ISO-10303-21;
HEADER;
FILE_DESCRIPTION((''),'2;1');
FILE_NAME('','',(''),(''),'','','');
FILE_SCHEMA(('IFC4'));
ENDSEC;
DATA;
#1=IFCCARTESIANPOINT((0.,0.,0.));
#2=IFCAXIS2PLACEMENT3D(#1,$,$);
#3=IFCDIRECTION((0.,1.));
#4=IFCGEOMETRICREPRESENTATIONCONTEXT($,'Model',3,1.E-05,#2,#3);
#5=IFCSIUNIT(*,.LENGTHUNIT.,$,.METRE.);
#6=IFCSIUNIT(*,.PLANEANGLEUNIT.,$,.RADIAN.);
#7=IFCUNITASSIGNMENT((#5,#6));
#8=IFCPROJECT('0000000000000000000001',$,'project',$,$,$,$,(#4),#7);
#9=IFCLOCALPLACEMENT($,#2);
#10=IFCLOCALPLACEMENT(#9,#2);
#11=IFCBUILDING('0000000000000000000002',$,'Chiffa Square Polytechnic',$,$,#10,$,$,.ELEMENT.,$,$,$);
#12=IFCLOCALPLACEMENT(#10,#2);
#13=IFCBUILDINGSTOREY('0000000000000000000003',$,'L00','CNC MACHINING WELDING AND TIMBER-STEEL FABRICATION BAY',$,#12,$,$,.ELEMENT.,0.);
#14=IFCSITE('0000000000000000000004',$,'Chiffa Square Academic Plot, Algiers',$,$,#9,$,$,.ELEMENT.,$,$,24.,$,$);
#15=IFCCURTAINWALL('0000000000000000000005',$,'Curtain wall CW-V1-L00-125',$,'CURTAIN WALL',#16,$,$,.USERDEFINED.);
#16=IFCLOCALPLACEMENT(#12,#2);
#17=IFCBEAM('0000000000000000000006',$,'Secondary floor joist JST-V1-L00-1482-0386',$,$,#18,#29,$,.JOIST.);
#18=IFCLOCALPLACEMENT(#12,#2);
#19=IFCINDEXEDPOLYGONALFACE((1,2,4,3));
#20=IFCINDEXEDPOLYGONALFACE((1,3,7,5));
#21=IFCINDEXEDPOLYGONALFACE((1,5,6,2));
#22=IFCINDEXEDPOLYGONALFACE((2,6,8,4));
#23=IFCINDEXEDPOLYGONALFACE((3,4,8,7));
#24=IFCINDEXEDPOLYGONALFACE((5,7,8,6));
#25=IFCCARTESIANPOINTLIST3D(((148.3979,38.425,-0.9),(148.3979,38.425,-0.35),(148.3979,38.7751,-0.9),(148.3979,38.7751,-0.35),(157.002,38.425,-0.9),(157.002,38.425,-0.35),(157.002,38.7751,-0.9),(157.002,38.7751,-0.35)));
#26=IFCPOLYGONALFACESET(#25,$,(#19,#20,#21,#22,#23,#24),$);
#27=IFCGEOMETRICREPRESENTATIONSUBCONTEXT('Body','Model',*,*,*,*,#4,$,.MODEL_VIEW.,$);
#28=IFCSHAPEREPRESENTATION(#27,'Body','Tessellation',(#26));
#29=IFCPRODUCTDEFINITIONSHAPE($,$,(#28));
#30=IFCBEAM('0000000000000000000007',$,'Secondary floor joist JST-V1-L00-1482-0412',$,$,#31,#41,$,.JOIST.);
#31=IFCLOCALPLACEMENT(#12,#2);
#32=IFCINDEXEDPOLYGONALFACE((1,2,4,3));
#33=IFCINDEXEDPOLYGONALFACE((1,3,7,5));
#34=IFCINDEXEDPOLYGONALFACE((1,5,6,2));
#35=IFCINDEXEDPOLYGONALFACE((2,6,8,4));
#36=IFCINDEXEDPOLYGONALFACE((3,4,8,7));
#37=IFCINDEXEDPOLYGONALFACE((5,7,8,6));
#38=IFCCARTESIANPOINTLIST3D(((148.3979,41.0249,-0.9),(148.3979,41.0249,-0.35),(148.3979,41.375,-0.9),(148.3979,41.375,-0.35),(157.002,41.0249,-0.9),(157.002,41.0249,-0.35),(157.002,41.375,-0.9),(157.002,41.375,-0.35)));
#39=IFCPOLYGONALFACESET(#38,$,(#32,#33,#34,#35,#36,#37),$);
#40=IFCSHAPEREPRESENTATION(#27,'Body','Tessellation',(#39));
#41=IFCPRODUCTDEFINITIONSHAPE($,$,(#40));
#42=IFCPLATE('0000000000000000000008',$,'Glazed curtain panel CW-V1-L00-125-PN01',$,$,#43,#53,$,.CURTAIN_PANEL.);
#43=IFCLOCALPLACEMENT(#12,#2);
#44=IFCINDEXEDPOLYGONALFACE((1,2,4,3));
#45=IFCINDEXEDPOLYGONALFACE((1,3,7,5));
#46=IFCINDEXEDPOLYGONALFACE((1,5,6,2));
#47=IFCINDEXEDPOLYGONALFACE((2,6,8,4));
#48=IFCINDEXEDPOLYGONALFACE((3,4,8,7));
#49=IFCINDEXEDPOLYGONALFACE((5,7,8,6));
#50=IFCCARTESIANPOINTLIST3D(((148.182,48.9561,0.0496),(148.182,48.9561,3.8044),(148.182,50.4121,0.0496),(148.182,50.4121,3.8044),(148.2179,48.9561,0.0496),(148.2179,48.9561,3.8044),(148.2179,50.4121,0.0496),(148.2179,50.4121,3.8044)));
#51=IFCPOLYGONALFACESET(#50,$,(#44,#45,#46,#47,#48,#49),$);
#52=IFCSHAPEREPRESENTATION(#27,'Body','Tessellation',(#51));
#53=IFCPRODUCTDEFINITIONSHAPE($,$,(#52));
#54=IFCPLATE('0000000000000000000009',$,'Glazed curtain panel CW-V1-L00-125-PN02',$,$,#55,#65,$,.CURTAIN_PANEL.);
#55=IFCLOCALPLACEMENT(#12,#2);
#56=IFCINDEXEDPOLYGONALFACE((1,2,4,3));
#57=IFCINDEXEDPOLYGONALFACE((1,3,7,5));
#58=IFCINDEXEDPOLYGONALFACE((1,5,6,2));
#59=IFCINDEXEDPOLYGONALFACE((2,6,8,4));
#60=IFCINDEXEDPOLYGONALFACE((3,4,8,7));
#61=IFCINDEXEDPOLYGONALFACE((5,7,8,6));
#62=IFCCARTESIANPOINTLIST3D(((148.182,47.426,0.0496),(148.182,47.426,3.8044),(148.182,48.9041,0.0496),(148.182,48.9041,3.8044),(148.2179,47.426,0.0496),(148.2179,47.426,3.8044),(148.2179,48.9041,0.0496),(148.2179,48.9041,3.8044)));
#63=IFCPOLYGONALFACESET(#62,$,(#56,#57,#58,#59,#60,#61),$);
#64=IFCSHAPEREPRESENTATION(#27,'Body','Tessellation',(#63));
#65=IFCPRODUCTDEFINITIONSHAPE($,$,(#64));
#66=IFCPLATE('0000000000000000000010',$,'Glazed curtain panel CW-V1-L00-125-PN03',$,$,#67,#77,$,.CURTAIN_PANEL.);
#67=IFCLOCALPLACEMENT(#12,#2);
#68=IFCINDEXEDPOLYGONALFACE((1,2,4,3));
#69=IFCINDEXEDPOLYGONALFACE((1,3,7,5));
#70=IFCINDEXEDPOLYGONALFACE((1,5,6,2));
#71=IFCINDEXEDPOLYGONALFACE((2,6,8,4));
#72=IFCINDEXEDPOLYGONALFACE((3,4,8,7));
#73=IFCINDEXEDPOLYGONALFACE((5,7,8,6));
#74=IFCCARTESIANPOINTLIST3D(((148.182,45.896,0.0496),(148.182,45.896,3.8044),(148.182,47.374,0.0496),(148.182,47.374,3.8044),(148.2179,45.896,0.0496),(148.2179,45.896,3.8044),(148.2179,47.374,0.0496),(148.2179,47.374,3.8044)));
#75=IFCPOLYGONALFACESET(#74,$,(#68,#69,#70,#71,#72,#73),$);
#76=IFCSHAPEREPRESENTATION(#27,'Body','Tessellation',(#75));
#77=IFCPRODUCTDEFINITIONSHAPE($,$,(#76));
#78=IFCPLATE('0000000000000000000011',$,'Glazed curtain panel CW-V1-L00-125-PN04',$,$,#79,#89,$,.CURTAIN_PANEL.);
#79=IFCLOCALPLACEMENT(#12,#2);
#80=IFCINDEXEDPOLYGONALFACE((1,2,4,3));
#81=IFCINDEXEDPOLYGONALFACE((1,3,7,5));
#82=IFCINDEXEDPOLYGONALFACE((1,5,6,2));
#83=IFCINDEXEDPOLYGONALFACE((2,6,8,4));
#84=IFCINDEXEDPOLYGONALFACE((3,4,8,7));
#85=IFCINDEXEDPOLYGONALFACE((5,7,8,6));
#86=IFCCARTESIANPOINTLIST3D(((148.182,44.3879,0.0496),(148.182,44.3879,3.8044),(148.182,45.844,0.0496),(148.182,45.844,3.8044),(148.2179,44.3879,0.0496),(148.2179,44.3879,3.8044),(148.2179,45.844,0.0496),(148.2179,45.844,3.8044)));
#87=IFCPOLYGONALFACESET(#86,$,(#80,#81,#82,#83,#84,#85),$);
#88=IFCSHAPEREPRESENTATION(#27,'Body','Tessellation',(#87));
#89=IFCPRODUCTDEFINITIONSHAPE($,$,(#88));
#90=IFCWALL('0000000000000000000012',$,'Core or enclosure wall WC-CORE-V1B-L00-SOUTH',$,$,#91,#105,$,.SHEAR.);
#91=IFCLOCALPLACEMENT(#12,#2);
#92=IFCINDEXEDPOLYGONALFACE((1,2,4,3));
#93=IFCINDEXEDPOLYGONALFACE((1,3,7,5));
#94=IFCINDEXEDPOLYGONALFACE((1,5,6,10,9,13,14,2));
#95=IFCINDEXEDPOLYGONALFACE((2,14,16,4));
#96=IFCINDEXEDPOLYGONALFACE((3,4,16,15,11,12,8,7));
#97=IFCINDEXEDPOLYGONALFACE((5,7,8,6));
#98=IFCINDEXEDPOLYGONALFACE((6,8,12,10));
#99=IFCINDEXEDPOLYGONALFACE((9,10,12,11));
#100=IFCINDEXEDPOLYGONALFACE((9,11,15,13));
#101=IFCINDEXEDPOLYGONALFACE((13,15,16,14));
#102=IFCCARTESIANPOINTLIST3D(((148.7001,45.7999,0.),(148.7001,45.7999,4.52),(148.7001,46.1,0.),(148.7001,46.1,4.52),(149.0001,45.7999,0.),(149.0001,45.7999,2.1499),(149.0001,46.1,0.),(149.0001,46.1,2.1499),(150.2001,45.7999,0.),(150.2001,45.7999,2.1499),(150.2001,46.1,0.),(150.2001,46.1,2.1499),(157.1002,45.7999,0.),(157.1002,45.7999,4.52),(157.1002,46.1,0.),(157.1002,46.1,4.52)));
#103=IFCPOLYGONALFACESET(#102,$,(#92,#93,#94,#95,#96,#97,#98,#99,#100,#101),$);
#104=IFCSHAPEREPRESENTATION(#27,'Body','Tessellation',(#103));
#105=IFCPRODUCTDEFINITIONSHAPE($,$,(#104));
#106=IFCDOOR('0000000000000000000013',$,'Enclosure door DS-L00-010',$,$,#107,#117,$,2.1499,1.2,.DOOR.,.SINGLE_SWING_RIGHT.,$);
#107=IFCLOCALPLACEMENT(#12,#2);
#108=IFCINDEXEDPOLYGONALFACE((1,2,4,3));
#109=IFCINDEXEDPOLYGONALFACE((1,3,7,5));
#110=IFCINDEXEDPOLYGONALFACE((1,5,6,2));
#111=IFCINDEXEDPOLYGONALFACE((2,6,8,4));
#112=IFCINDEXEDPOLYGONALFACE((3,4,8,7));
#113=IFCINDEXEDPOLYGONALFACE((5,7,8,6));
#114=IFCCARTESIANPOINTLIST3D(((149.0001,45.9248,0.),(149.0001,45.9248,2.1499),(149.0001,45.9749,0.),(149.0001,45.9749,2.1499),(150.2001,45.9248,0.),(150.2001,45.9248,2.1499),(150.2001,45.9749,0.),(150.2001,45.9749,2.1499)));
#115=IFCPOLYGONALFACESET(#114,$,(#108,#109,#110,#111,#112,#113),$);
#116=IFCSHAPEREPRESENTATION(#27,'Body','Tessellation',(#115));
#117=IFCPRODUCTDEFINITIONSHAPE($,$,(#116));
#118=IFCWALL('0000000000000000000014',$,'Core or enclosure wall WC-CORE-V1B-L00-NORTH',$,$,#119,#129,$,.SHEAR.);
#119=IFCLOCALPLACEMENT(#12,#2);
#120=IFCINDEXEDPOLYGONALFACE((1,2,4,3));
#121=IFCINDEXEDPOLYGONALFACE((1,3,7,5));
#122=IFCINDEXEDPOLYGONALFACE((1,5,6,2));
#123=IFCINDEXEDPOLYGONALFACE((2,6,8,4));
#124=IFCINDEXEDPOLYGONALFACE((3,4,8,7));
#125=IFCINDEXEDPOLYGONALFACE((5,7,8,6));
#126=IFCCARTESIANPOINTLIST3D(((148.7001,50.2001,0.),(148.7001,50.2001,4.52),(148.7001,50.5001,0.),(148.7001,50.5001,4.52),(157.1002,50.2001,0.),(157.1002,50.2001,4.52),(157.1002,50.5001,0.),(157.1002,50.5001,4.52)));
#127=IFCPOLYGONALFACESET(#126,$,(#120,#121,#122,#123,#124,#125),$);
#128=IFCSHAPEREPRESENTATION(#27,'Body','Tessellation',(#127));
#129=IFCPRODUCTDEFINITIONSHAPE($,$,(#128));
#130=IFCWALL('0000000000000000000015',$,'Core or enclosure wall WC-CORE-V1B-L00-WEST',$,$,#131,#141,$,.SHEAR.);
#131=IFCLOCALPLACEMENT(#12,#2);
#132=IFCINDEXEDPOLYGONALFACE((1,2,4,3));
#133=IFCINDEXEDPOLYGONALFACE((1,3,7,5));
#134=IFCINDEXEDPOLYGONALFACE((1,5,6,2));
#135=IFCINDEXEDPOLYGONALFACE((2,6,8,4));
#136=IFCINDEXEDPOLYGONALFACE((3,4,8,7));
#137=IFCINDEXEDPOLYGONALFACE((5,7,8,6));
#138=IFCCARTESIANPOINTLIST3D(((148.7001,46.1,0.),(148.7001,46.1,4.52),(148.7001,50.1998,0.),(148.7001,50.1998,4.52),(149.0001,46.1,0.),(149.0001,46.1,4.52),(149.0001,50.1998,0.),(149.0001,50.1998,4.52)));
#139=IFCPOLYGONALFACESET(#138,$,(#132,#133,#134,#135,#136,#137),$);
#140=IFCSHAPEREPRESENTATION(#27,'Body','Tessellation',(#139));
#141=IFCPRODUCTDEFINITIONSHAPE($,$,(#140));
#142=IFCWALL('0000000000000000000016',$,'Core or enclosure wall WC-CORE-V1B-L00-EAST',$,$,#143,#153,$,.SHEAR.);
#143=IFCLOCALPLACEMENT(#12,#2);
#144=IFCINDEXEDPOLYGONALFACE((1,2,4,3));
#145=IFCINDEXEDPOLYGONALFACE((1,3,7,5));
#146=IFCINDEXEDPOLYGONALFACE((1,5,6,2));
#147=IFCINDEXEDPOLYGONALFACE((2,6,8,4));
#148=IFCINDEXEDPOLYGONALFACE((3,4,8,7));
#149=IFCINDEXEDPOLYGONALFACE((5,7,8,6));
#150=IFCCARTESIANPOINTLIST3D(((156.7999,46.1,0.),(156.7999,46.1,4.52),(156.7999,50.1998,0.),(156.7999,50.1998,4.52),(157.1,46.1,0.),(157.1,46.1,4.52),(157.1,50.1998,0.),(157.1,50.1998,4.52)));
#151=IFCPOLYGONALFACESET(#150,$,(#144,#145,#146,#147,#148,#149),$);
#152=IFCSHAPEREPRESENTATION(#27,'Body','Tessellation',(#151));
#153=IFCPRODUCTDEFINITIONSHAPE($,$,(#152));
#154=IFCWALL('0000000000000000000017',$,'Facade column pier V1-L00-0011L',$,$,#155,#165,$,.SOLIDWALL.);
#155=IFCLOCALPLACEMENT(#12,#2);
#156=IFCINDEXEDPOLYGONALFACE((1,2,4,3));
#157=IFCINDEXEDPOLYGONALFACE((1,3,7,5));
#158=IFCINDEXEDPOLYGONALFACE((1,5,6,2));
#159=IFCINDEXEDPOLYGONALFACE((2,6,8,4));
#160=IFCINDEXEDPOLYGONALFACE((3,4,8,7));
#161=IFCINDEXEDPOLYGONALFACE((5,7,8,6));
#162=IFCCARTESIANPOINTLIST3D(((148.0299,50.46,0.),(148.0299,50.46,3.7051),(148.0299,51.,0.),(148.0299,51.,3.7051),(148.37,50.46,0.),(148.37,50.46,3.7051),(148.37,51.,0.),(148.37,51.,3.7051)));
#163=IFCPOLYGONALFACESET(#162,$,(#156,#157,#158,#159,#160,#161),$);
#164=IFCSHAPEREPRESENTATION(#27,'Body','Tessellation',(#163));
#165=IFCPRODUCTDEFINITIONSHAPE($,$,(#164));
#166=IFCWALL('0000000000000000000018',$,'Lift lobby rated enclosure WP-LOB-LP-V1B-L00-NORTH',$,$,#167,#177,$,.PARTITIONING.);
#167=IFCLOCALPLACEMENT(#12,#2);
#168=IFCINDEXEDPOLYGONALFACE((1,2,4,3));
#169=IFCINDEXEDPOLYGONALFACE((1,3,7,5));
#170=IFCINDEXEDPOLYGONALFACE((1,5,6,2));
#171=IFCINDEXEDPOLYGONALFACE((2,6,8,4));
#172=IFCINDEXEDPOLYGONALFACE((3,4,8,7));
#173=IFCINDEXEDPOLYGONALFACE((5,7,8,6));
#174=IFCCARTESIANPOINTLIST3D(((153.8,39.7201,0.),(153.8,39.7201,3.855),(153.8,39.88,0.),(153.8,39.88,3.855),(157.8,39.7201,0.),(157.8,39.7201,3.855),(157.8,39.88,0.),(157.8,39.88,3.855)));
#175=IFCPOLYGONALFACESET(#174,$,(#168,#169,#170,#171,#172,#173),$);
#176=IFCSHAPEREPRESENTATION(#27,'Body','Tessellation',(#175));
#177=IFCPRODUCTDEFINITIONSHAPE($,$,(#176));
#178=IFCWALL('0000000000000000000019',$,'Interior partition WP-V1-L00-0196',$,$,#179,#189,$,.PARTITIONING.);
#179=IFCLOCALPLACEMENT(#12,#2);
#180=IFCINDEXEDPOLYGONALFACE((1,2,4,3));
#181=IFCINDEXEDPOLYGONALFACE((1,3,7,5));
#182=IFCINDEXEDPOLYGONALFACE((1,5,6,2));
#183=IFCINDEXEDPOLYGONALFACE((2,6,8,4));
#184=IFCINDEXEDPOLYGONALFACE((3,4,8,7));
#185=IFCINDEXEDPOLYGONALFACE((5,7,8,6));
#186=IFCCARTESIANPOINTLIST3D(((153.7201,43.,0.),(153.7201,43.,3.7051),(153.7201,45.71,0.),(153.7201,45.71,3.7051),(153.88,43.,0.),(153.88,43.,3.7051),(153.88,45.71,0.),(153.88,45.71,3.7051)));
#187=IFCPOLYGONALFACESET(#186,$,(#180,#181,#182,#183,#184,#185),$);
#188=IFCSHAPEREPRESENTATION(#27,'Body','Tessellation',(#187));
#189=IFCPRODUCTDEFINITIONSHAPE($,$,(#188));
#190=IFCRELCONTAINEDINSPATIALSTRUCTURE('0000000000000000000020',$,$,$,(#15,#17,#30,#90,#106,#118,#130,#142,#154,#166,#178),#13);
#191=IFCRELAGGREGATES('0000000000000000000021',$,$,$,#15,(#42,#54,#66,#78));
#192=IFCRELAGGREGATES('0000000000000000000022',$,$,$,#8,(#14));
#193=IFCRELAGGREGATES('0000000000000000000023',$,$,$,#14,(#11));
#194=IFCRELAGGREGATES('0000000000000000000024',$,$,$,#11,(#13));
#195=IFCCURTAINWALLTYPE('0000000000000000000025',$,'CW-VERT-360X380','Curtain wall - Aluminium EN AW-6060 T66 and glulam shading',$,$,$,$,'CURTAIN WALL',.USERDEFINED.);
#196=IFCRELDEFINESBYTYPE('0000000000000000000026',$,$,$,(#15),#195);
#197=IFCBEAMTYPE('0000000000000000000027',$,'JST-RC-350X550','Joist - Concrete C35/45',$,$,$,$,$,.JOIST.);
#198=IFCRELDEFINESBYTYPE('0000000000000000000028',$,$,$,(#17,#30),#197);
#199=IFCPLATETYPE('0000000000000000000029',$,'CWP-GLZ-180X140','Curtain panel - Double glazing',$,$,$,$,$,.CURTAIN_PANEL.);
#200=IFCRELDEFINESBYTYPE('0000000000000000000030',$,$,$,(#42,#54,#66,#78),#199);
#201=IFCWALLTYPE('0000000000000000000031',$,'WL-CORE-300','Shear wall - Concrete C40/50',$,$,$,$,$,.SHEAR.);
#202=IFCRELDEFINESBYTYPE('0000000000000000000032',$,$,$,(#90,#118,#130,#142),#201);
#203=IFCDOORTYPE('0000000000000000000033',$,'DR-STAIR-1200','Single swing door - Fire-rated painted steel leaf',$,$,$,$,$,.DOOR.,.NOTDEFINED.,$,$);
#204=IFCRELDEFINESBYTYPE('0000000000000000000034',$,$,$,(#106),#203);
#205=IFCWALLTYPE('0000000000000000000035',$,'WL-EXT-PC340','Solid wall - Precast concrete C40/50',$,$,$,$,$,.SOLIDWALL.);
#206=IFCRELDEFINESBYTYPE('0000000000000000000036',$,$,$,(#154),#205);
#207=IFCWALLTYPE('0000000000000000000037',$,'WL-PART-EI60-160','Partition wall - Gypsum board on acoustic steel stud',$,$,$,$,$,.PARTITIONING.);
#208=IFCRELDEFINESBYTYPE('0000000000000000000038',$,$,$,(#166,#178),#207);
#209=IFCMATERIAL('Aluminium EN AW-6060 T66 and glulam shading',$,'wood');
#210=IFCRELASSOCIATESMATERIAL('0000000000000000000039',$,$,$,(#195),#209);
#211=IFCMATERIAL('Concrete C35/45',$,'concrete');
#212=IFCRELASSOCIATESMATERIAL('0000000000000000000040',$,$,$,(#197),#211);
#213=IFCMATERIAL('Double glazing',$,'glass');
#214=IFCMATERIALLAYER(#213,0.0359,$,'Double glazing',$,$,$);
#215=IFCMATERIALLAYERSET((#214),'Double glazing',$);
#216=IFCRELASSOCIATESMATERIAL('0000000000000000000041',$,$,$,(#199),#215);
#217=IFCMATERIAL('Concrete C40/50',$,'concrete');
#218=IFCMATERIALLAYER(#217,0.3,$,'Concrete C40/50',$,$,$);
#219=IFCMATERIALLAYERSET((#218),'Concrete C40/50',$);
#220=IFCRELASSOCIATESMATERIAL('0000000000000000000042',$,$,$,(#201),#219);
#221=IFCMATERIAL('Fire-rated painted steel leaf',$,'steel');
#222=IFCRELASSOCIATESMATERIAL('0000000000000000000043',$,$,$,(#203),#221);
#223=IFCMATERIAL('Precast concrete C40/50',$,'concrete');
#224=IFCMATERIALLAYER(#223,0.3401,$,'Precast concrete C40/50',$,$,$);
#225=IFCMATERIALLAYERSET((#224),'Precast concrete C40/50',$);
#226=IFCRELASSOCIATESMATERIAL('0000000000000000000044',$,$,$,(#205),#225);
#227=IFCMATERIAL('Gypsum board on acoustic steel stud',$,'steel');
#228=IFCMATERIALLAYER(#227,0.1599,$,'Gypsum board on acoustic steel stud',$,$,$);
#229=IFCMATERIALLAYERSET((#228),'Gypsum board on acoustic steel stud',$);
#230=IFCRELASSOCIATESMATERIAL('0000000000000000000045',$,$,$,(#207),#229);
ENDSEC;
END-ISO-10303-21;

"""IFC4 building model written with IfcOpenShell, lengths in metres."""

from ifc_helpers import new_model, si_unit, direction, frame, frame_2d, origin, origin_2d, place, context, subcontext, project, spatial, rectangle, extrude, material, layer, layer_set, material_profile, profile_set, type_object, element, fill, aggregate, save


model = new_model("IFC4")

# Units and contexts
model_context = context("Model", 3, precision=1e-05, world=origin(), true_north=direction((0.0, 1.0)))
body_context = subcontext(model_context, "Body", "Model", "MODEL_VIEW")
ifc_project = project(units=[si_unit("LENGTHUNIT", "METRE"), si_unit("PLANEANGLEUNIT", "RADIAN")], contexts=[model_context])

# Site, building, storey
site_placement = place(None, origin())
site = spatial("IfcSite", under=ifc_project, at=site_placement, Name="Chiffa Square Academic Plot, Algiers", CompositionType="ELEMENT", RefElevation=24.0)
building_placement = place(site_placement, origin())
building = spatial("IfcBuilding", under=site, at=building_placement, Name="Chiffa Square Polytechnic", CompositionType="ELEMENT")
storey_placement = place(building_placement, origin())
storey = spatial("IfcBuildingStorey", under=building, at=storey_placement, Name="L00", Description="CNC MACHINING WELDING AND TIMBER-STEEL FABRICATION BAY", CompositionType="ELEMENT", Elevation=0.0)

# Shared definitions
ifc_material_1 = material(Name="Concrete C40/50", Category="concrete")

# Shared definitions
ifc_material_2 = material(Name="Concrete C35/45", Category="concrete")

# Curtain wall
ifc_material_3 = material(Name="Aluminium EN AW-6060 T66 and glulam shading", Category="wood")
curtain_wall_type = type_object("IfcCurtainWallType", Name="CW-VERT-360X380", Description="Curtain wall - Aluminium EN AW-6060 T66 and glulam shading", ElementType="CURTAIN WALL", PredefinedType="USERDEFINED", material=ifc_material_3)
curtain_wall_placement = place(storey_placement, origin())
curtain_wall = element("IfcCurtainWall", 1, at=curtain_wall_placement, inside=storey, type_object=curtain_wall_type, Name="Curtain wall CW-V1-L00-125", ObjectType="CURTAIN WALL", PredefinedType="USERDEFINED")

# Beams
ifc_material_profile_1 = material_profile(ifc_material_2, rectangle(XDim=0.3501, YDim=0.55, at=origin_2d()), Name="RC 350x550")
ifc_profile_set_1 = profile_set([ifc_material_profile_1], Name="Concrete C35/45")
beam_type_1 = type_object("IfcBeamType", Name="JST-RC-350X550", Description="Joist - Concrete C35/45", PredefinedType="JOIST", material=ifc_profile_set_1)
for number, where, z_axis, x_axis, name in (
    (2, (148.3979, 38.6001, -0.625), (1.0, 0.0, 0.0), (0.0, 1.0, 0.0), "Secondary floor joist JST-V1-L00-1482-0386"),
    (3, (148.3979, 41.2, -0.625), (1.0, 0.0, 0.0), (0.0, 1.0, 0.0), "Secondary floor joist JST-V1-L00-1482-0412"),
):
    element("IfcBeam", number, at=place(storey_placement, frame(where, z_axis=z_axis, x_axis=x_axis)), inside=storey, type_object=beam_type_1, Name=name, PredefinedType="JOIST", context=body_context, shape_type="SweptSolid", body=[
        extrude(rectangle(XDim=0.3501, YDim=0.55, at=origin_2d()), origin(), (0.0, 0.0, 1.0), 8.604),
    ])

# Plates
ifc_material_4 = material(Name="Double glazing", Category="glass")
ifc_layer_1 = layer(ifc_material_4, 0.0359, Name="Double glazing")
ifc_layer_set_1 = layer_set([ifc_layer_1], Name="Double glazing")
plate_type = type_object("IfcPlateType", Name="CWP-GLZ-180X140", Description="Curtain panel - Double glazing", PredefinedType="CURTAIN_PANEL", material=ifc_layer_set_1)
plate_1_placement = place(storey_placement, frame((148.2, 49.6841, 0.0496), z_axis=(0.0, 0.0, 1.0), x_axis=(0.0, -1.0, 0.0)))
plate_1 = element("IfcPlate", 4, at=plate_1_placement, type_object=plate_type, Name="Glazed curtain panel CW-V1-L00-125-PN01", PredefinedType="CURTAIN_PANEL", context=body_context, shape_type="SweptSolid", body=[
    extrude(rectangle(XDim=1.4561, YDim=0.0359, at=origin_2d()), origin(), (0.0, 0.0, 1.0), 3.7549),
])
plate_2_placement = place(storey_placement, frame((148.2, 48.165, 0.0496), z_axis=(0.0, 0.0, 1.0), x_axis=(0.0, -1.0, 0.0)))
plate_2 = element("IfcPlate", 5, at=plate_2_placement, type_object=plate_type, Name="Glazed curtain panel CW-V1-L00-125-PN02", PredefinedType="CURTAIN_PANEL", context=body_context, shape_type="SweptSolid", body=[
    extrude(rectangle(XDim=1.478, YDim=0.0359, at=origin_2d()), origin(), (0.0, 0.0, 1.0), 3.7549),
])
plate_3_placement = place(storey_placement, frame((148.2, 46.635, 0.0496), z_axis=(0.0, 0.0, 1.0), x_axis=(0.0, -1.0, 0.0)))
plate_3 = element("IfcPlate", 6, at=plate_3_placement, type_object=plate_type, Name="Glazed curtain panel CW-V1-L00-125-PN03", PredefinedType="CURTAIN_PANEL", context=body_context, shape_type="SweptSolid", body=[
    extrude(rectangle(XDim=1.478, YDim=0.0359, at=origin_2d()), origin(), (0.0, 0.0, 1.0), 3.7549),
])
plate_4_placement = place(storey_placement, frame((148.2, 45.116, 0.0496), z_axis=(0.0, 0.0, 1.0), x_axis=(0.0, -1.0, 0.0)))
plate_4 = element("IfcPlate", 7, at=plate_4_placement, type_object=plate_type, Name="Glazed curtain panel CW-V1-L00-125-PN04", PredefinedType="CURTAIN_PANEL", context=body_context, shape_type="SweptSolid", body=[
    extrude(rectangle(XDim=1.4561, YDim=0.0359, at=origin_2d()), origin(), (0.0, 0.0, 1.0), 3.7549),
])
aggregate(curtain_wall, [plate_1, plate_2, plate_3, plate_4])

# Wall, opening, door
ifc_layer_2 = layer(ifc_material_1, 0.3, Name="Concrete C40/50")
ifc_layer_set_2 = layer_set([ifc_layer_2], Name="Concrete C40/50")
wall_type_1 = type_object("IfcWallType", Name="WL-CORE-300", Description="Shear wall - Concrete C40/50", PredefinedType="SHEAR", material=ifc_layer_set_2)
wall_1_placement = place(storey_placement, frame((148.7, 45.95, 0.0), z_axis=(0.0, 0.0, 1.0), x_axis=(1.0, 0.0, 0.0)))
wall_1 = element("IfcWall", 8, at=wall_1_placement, inside=storey, type_object=wall_type_1, Name="Core or enclosure wall WC-CORE-V1B-L00-SOUTH", PredefinedType="SHEAR", context=body_context, shape_type="SweptSolid", body=[
    extrude(rectangle(XDim=8.4001, YDim=0.3, at=frame_2d((4.2002, 0.0))), origin(), (0.0, 0.0, 1.0), 4.52),
])
opening_placement = place(wall_1_placement, frame((0.3, 0.0, 0.0)))
opening = element("IfcOpeningElement", 9, at=opening_placement, cuts=wall_1, PredefinedType="OPENING", context=body_context, shape_type="SweptSolid", body=[
    extrude(rectangle(XDim=1.2, YDim=2.1499, at=frame_2d((0.6001, 1.075))), frame((0.0, 0.1602, 0.0), z_axis=(0.0, -1.0, 0.0), x_axis=(1.0, 0.0, 0.0)), (0.0, 0.0, 1.0), 0.3201),
])
ifc_material_5 = material(Name="Fire-rated painted steel leaf", Category="steel")
door_type = type_object("IfcDoorType", Name="DR-STAIR-1200", Description="Single swing door - Fire-rated painted steel leaf", OperationType="NOTDEFINED", PredefinedType="DOOR", material=ifc_material_5)
door_placement = place(opening_placement, origin())
door = element("IfcDoor", 10, at=door_placement, inside=storey, type_object=door_type, Name="Enclosure door DS-L00-010", OperationType="SINGLE_SWING_RIGHT", OverallHeight=2.1499, OverallWidth=1.2, PredefinedType="DOOR", context=body_context, shape_type="SweptSolid", body=[
    extrude(rectangle(XDim=1.2, YDim=2.1499, at=frame_2d((0.6001, 1.075))), frame((0.0, 0.0249, 0.0), z_axis=(0.0, -1.0, 0.0), x_axis=(1.0, 0.0, 0.0)), (0.0, 0.0, 1.0), 0.05),
])
fill(opening, door)

# Walls
wall_2_placement = place(storey_placement, frame((148.7, 50.3501, 0.0), z_axis=(0.0, 0.0, 1.0), x_axis=(1.0, 0.0, 0.0)))
element("IfcWall", 11, at=wall_2_placement, inside=storey, type_object=wall_type_1, Name="Core or enclosure wall WC-CORE-V1B-L00-NORTH", PredefinedType="SHEAR", context=body_context, shape_type="SweptSolid", body=[
    extrude(rectangle(XDim=8.4001, YDim=0.3, at=frame_2d((4.2002, 0.0))), origin(), (0.0, 0.0, 1.0), 4.52),
])
for number, where, z_axis, x_axis, name in (
    (12, (148.8501, 46.1001, 0.0), (0.0, 0.0, 1.0), (0.0, 1.0, 0.0), "Core or enclosure wall WC-CORE-V1B-L00-WEST"),
    (13, (156.95, 46.1001, 0.0), (0.0, 0.0, 1.0), (0.0, 1.0, 0.0), "Core or enclosure wall WC-CORE-V1B-L00-EAST"),
):
    element("IfcWall", number, at=place(storey_placement, frame(where, z_axis=z_axis, x_axis=x_axis)), inside=storey, type_object=wall_type_1, Name=name, PredefinedType="SHEAR", context=body_context, shape_type="SweptSolid", body=[
        extrude(rectangle(XDim=4.0999, YDim=0.3, at=frame_2d((2.0498, 0.0))), origin(), (0.0, 0.0, 1.0), 4.52),
    ])
ifc_material_6 = material(Name="Precast concrete C40/50", Category="concrete")
ifc_layer_3 = layer(ifc_material_6, 0.3401, Name="Precast concrete C40/50")
ifc_layer_set_3 = layer_set([ifc_layer_3], Name="Precast concrete C40/50")
wall_type_2 = type_object("IfcWallType", Name="WL-EXT-PC340", Description="Solid wall - Precast concrete C40/50", PredefinedType="SOLIDWALL", material=ifc_layer_set_3)
wall_3_placement = place(storey_placement, frame((148.2, 51.0, 0.0), z_axis=(0.0, 0.0, 1.0), x_axis=(0.0, -1.0, 0.0)))
element("IfcWall", 14, at=wall_3_placement, inside=storey, type_object=wall_type_2, Name="Facade column pier V1-L00-0011L", PredefinedType="SOLIDWALL", context=body_context, shape_type="SweptSolid", body=[
    extrude(rectangle(XDim=0.54, YDim=0.3401, at=frame_2d((0.27, 0.0))), origin(), (0.0, 0.0, 1.0), 3.7051),
])
ifc_material_7 = material(Name="Gypsum board on acoustic steel stud", Category="steel")
ifc_layer_4 = layer(ifc_material_7, 0.1599, Name="Gypsum board on acoustic steel stud")
ifc_layer_set_4 = layer_set([ifc_layer_4], Name="Gypsum board on acoustic steel stud")
wall_type_3 = type_object("IfcWallType", Name="WL-PART-EI60-160", Description="Partition wall - Gypsum board on acoustic steel stud", PredefinedType="PARTITIONING", material=ifc_layer_set_4)
wall_4_placement = place(storey_placement, frame((153.8, 39.8, 0.0), z_axis=(0.0, 0.0, 1.0), x_axis=(1.0, 0.0, 0.0)))
element("IfcWall", 15, at=wall_4_placement, inside=storey, type_object=wall_type_3, Name="Lift lobby rated enclosure WP-LOB-LP-V1B-L00-NORTH", PredefinedType="PARTITIONING", context=body_context, shape_type="SweptSolid", body=[
    extrude(rectangle(XDim=4.0, YDim=0.1599, at=frame_2d((2.0, 0.0))), origin(), (0.0, 0.0, 1.0), 3.855),
])
wall_5_placement = place(storey_placement, frame((153.8, 43.0, 0.0), z_axis=(0.0, 0.0, 1.0), x_axis=(0.0, 1.0, 0.0)))
element("IfcWall", 16, at=wall_5_placement, inside=storey, type_object=wall_type_3, Name="Interior partition WP-V1-L00-0196", PredefinedType="PARTITIONING", context=body_context, shape_type="SweptSolid", body=[
    extrude(rectangle(XDim=2.71, YDim=0.1599, at=frame_2d((1.355, 0.0))), origin(), (0.0, 0.0, 1.0), 3.7051),
])

save(model, "model.ifc")
